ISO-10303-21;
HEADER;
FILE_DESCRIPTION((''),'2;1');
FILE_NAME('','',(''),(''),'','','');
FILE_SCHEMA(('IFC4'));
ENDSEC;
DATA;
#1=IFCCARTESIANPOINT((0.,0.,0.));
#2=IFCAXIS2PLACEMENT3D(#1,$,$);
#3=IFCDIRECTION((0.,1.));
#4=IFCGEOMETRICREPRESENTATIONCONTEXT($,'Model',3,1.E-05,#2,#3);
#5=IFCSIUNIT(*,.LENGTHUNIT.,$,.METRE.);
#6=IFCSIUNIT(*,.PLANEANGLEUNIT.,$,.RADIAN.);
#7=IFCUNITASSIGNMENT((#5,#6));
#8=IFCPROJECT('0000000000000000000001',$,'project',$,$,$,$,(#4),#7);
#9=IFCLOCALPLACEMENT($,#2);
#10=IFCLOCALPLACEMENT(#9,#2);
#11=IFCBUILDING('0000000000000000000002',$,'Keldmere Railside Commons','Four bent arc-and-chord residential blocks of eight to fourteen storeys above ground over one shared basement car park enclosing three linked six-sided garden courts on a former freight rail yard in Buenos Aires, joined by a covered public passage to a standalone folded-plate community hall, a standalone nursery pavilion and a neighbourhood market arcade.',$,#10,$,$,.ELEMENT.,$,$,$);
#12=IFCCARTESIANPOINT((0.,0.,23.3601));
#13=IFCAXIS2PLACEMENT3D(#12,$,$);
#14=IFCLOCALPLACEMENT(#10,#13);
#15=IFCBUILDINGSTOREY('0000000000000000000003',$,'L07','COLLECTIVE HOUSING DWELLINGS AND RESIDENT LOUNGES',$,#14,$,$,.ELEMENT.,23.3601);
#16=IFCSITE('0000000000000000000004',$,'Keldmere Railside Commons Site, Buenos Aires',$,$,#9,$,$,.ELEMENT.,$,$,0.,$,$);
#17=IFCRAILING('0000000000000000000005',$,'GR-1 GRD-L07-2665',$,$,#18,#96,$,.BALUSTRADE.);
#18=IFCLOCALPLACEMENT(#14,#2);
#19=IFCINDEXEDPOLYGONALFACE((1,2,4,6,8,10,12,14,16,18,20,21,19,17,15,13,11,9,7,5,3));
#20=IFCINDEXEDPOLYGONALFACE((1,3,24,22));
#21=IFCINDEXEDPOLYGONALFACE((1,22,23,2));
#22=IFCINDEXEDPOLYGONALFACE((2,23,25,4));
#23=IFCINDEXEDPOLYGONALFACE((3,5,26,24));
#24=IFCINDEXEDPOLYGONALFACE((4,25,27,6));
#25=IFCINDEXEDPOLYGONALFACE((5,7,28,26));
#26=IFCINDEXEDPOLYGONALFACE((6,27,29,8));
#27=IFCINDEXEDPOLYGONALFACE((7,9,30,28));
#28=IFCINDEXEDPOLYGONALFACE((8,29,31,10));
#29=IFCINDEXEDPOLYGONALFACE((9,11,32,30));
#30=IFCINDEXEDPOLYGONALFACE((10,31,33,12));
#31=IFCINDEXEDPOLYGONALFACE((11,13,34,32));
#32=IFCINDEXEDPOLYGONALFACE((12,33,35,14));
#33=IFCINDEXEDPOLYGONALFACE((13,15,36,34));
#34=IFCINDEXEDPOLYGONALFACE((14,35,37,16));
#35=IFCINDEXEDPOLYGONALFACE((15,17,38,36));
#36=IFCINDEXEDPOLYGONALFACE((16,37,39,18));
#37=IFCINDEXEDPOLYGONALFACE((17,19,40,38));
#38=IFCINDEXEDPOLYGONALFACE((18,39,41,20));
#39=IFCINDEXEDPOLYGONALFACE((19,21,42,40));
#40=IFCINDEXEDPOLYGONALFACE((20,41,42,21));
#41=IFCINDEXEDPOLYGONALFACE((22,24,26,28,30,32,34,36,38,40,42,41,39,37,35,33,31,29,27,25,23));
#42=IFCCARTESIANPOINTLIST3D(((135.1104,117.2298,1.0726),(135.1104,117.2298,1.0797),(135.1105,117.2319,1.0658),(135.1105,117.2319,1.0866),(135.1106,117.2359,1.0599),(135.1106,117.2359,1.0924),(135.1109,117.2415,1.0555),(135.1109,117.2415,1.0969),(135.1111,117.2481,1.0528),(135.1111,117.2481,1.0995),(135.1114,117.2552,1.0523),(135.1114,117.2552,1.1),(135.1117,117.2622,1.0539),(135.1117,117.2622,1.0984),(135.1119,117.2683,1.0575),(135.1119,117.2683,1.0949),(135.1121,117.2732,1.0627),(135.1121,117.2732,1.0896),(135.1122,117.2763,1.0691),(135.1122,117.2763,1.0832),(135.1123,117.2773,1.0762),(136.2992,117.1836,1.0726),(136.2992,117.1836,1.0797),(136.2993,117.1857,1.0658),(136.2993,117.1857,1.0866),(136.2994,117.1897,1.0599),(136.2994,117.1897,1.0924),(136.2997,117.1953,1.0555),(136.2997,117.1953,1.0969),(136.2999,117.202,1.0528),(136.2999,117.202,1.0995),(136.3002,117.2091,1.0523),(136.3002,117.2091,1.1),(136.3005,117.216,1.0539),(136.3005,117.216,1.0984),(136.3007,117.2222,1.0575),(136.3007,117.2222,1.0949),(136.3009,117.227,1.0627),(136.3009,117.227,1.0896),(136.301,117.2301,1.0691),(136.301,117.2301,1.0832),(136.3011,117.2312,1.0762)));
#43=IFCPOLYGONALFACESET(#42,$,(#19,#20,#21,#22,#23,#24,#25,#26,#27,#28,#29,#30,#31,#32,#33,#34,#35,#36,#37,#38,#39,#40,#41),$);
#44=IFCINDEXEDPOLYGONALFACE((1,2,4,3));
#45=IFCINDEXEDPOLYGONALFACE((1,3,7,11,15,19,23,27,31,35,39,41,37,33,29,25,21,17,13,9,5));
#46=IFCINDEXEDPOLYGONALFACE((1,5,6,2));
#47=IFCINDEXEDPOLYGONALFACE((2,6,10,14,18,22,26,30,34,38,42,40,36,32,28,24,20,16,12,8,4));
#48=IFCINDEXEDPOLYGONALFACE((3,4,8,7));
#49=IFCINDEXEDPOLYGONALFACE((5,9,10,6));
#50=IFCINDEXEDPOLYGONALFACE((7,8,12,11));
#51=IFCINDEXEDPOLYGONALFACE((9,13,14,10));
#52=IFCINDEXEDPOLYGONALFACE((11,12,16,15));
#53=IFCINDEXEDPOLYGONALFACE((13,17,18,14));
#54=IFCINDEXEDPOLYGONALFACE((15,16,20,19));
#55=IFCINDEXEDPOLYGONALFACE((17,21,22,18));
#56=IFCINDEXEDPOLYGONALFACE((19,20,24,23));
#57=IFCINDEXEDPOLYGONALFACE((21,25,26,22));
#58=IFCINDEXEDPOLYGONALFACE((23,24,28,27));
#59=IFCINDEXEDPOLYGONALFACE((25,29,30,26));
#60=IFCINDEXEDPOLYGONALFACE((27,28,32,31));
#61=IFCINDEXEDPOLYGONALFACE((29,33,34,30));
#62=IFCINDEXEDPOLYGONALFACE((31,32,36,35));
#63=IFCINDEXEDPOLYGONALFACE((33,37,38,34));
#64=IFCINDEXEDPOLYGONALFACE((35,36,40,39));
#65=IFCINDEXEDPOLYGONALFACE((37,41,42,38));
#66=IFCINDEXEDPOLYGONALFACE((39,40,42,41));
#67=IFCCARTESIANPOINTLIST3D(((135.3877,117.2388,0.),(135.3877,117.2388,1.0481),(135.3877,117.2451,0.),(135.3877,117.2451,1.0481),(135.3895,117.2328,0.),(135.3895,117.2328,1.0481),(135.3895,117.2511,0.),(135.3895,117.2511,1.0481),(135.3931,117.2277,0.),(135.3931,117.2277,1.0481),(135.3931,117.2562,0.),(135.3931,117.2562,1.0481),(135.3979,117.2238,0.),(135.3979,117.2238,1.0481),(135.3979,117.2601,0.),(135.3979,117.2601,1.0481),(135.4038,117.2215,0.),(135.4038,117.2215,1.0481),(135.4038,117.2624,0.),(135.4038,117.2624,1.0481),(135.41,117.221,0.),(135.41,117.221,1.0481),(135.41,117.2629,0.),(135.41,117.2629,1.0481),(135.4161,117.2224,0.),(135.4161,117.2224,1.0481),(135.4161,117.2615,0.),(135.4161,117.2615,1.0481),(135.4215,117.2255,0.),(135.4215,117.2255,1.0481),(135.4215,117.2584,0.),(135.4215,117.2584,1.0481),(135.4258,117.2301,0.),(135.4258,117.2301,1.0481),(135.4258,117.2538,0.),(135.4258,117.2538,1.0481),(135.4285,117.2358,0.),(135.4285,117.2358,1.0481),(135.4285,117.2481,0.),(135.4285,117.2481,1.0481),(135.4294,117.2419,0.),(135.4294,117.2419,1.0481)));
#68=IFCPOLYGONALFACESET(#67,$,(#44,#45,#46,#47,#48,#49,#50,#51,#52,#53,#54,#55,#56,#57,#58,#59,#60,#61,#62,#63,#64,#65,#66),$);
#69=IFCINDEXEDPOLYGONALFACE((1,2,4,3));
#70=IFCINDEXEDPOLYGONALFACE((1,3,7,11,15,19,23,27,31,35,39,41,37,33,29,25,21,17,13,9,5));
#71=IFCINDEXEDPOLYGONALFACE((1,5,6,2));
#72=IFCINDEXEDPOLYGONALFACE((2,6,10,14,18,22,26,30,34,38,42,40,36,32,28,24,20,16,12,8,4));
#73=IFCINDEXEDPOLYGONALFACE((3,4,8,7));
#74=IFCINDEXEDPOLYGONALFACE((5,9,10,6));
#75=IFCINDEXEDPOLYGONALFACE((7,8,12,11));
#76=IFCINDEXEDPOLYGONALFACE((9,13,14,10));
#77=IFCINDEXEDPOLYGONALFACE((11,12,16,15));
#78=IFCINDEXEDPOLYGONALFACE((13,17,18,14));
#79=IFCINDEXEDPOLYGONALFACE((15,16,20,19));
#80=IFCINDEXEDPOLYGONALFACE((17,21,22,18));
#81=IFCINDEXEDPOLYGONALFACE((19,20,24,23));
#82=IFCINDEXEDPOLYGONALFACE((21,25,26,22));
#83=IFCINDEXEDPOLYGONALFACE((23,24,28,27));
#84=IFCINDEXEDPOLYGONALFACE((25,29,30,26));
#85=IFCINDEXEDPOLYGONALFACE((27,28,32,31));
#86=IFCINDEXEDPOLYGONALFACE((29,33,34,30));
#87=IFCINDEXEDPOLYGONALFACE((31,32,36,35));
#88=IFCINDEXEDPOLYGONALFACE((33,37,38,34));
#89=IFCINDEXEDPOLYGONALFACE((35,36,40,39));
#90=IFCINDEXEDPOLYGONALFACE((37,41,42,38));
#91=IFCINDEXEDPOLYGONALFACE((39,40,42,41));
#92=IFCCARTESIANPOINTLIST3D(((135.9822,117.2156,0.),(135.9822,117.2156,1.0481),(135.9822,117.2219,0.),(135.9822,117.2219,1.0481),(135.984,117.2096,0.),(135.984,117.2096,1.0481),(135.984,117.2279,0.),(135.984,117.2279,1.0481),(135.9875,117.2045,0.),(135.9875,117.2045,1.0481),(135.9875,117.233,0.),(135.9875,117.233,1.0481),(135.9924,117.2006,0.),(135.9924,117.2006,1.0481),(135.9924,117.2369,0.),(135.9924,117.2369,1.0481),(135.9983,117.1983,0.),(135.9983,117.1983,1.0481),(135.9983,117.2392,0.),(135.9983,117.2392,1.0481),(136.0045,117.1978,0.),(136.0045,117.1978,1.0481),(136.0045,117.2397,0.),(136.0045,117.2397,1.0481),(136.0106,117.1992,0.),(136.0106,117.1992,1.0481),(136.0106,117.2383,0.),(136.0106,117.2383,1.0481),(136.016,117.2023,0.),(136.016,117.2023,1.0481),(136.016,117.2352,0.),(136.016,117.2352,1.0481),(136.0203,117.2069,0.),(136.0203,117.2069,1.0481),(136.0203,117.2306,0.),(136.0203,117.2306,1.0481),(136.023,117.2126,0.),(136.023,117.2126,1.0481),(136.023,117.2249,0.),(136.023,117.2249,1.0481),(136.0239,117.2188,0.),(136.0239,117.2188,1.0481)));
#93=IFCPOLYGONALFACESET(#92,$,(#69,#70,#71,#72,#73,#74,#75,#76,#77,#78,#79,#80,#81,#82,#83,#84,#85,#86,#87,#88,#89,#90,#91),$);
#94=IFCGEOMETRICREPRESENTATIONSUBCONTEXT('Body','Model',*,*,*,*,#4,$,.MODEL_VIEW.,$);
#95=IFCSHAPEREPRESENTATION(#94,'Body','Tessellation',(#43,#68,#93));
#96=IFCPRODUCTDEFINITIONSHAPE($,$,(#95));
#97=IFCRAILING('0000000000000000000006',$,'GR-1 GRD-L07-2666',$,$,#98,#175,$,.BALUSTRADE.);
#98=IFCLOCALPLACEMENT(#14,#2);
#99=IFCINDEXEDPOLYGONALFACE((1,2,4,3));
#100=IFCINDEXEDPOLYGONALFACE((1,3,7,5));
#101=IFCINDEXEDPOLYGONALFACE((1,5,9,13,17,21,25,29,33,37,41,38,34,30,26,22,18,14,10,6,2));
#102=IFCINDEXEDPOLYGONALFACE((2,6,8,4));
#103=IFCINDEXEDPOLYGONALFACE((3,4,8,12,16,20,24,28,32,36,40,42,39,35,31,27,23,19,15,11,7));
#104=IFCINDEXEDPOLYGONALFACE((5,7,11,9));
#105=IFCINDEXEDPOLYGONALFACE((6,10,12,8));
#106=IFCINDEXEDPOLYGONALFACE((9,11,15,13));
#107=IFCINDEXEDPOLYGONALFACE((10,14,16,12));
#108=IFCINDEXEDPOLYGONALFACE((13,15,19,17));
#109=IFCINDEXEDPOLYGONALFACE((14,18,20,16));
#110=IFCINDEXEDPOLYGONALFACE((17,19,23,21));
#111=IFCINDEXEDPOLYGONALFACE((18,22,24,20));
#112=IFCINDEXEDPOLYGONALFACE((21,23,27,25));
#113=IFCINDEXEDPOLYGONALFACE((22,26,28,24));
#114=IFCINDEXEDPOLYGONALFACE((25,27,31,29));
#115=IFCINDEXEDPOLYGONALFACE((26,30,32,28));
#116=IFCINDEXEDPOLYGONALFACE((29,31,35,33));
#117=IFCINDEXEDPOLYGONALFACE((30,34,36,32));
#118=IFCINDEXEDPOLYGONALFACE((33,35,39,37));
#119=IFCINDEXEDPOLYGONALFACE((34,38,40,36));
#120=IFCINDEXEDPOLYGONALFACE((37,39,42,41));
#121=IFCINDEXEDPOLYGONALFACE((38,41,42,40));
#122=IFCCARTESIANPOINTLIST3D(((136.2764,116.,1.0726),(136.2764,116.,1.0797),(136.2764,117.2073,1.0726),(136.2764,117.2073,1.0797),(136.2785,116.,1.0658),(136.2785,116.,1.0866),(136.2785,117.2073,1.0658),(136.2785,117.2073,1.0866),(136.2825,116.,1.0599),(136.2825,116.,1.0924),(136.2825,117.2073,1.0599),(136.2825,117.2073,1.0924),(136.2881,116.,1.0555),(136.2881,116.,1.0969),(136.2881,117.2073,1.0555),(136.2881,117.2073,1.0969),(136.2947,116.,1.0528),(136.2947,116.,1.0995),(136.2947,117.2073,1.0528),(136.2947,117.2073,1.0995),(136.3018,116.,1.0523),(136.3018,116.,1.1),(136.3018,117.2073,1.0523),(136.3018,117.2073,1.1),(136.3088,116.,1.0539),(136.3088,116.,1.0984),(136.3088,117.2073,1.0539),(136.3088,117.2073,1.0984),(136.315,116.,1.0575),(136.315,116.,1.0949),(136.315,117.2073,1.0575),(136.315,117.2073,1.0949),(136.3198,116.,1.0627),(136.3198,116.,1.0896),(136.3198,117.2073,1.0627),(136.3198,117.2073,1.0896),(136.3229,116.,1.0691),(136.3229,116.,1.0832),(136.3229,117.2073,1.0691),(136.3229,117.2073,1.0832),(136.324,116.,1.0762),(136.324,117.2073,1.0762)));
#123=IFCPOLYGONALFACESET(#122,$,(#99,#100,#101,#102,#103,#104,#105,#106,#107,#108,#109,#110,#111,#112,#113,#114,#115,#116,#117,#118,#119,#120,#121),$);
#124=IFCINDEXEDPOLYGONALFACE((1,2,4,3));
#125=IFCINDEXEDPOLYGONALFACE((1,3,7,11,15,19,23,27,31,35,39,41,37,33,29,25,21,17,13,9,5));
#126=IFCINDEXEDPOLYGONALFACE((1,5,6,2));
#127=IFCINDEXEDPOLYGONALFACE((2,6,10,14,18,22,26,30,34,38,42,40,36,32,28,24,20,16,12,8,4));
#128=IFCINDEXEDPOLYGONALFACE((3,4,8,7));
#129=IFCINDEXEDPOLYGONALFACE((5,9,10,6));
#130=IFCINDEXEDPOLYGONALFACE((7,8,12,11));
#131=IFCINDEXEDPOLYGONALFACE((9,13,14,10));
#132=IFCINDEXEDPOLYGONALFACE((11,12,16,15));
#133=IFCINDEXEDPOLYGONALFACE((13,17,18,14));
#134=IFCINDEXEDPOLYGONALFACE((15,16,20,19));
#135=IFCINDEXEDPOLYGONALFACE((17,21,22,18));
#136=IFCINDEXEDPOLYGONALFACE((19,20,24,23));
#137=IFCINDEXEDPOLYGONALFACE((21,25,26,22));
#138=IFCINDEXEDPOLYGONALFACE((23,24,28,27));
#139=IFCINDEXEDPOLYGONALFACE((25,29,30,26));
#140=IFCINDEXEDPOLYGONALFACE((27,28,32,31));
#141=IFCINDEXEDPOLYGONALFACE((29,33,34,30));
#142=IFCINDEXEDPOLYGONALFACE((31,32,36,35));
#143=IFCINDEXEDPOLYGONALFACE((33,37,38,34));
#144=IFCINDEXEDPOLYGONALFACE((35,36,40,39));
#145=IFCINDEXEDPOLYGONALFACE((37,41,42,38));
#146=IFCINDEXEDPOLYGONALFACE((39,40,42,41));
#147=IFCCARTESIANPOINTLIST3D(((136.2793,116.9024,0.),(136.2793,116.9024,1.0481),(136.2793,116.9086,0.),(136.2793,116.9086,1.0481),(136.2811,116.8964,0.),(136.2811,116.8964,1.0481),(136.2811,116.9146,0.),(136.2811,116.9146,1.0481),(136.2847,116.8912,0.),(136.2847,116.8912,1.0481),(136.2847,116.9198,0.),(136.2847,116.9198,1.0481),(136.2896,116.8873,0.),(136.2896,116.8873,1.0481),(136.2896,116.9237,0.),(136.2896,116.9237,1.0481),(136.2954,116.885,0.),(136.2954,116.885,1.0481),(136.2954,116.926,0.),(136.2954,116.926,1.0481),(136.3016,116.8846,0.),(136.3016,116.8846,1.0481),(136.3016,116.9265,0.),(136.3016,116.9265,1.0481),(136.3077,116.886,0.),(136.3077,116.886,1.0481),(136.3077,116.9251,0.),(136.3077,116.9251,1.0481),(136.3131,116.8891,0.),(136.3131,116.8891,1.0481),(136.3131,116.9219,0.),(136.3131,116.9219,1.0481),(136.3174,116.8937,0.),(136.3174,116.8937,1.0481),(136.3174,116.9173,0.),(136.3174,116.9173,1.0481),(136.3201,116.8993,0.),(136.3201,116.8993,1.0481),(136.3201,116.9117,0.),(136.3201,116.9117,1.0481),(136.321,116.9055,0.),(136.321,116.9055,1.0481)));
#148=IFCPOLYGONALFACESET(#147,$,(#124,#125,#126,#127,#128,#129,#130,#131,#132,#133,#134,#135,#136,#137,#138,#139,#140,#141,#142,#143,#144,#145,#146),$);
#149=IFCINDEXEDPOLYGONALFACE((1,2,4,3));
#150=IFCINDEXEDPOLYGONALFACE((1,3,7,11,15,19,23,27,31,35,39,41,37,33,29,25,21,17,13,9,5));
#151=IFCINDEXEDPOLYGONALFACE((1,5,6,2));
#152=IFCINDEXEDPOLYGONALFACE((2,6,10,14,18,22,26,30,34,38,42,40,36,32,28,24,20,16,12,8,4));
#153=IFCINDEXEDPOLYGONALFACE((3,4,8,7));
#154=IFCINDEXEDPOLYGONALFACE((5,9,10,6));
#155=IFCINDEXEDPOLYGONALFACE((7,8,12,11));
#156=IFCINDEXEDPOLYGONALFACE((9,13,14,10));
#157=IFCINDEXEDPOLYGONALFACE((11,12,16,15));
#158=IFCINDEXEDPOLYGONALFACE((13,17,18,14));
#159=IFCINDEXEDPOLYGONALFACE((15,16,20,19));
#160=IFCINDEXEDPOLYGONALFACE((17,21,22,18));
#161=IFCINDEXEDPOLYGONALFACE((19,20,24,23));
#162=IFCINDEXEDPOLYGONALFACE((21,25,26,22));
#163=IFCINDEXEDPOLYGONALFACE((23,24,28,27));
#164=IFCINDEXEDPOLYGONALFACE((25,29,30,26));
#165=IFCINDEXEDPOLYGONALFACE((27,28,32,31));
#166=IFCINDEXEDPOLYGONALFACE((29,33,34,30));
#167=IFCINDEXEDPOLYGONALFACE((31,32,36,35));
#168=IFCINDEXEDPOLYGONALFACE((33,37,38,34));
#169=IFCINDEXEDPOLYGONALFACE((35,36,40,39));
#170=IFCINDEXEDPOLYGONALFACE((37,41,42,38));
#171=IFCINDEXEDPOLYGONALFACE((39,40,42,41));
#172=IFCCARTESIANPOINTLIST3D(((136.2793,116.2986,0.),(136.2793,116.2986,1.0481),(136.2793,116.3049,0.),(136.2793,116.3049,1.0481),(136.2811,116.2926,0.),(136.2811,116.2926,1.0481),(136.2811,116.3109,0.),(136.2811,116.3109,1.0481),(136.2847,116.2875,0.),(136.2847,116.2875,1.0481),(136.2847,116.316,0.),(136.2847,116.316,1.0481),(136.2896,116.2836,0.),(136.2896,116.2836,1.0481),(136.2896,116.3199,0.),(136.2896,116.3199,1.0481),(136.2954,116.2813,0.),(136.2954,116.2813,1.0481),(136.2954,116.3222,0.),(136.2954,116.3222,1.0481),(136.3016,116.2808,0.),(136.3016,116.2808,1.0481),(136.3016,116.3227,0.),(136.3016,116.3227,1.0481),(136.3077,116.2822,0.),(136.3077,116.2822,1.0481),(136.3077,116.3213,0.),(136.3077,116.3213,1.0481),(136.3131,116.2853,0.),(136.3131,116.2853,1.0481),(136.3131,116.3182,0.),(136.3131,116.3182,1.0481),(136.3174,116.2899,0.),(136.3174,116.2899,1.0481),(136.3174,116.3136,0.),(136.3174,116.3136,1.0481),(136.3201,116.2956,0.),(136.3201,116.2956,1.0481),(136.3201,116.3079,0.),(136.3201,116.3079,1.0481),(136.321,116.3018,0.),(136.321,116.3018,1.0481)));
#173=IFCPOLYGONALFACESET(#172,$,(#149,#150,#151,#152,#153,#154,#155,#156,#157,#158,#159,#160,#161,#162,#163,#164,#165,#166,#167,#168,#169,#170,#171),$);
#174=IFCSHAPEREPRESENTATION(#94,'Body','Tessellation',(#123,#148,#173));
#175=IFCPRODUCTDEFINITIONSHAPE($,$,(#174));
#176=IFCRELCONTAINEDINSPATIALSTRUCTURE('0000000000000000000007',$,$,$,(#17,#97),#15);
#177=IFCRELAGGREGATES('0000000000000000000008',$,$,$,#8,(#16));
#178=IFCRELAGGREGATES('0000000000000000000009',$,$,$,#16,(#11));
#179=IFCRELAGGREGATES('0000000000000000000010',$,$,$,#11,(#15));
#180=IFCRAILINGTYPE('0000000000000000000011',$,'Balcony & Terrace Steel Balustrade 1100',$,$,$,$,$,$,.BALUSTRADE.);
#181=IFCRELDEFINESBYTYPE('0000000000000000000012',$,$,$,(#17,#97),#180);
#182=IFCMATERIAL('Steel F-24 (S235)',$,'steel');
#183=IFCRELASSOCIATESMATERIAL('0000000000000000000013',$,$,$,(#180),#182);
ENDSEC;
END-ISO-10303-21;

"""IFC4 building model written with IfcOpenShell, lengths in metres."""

from ifc_helpers import new_model, si_unit, direction, frame, origin, origin_2d, place, context, subcontext, project, spatial, circle, extrude, material, type_object, element, save


model = new_model("IFC4")

# Units and contexts
model_context = context("Model", 3, precision=1e-05, world=origin(), true_north=direction((0.0, 1.0)))
body_context = subcontext(model_context, "Body", "Model", "MODEL_VIEW")
ifc_project = project(units=[si_unit("LENGTHUNIT", "METRE"), si_unit("PLANEANGLEUNIT", "RADIAN")], contexts=[model_context])

# Site, building, storey
site_placement = place(None, origin())
site = spatial("IfcSite", under=ifc_project, at=site_placement, Name="Keldmere Railside Commons Site, Buenos Aires", CompositionType="ELEMENT", RefElevation=0.0)
building_placement = place(site_placement, origin())
building = spatial("IfcBuilding", under=site, at=building_placement, Name="Keldmere Railside Commons", Description="Four bent arc-and-chord residential blocks of eight to fourteen storeys above ground over one shared basement car park enclosing three linked six-sided garden courts on a former freight rail yard in Buenos Aires, joined by a covered public passage to a standalone folded-plate community hall, a standalone nursery pavilion and a neighbourhood market arcade.", CompositionType="ELEMENT")
storey_placement = place(building_placement, frame((0.0, 0.0, 23.3601)))
storey = spatial("IfcBuildingStorey", under=building, at=storey_placement, Name="L07", Description="COLLECTIVE HOUSING DWELLINGS AND RESIDENT LOUNGES", CompositionType="ELEMENT", Elevation=23.3601)

# Railings
ifc_material_1 = material(Name="Steel F-24 (S235)", Category="steel")
railing_type = type_object("IfcRailingType", Name="Balcony & Terrace Steel Balustrade 1100", PredefinedType="BALUSTRADE", material=ifc_material_1)
railing_1_placement = place(storey_placement, frame((135.1113, 117.2534, 0.0)))
element("IfcRailing", 1, at=railing_1_placement, inside=storey, type_object=railing_type, Name="GR-1 GRD-L07-2665", PredefinedType="BALUSTRADE", context=body_context, shape_type="SweptSolid", body=[
    extrude(circle(Radius=0.0239, at=origin_2d()), frame((0.0, 0.0, 1.0762), z_axis=(0.999247, -0.038788, 0.0), x_axis=(0.038788, 0.999247, 0.0)), (0.0, 0.0, 1.0), 1.1897),
    extrude(circle(Radius=0.021, at=origin_2d()), frame((0.2971, -0.0115, 0.0)), (0.0, 0.0, 1.0), 1.0481),
    extrude(circle(Radius=0.021, at=origin_2d()), frame((0.8916, -0.0347, 0.0)), (0.0, 0.0, 1.0), 1.0481),
])
railing_2_placement = place(storey_placement, frame((136.3, 117.2073, 0.0)))
element("IfcRailing", 2, at=railing_2_placement, inside=storey, type_object=railing_type, Name="GR-1 GRD-L07-2666", PredefinedType="BALUSTRADE", context=body_context, shape_type="SweptSolid", body=[
    extrude(circle(Radius=0.0239, at=origin_2d()), frame((0.0, 0.0, 1.0762), z_axis=(0.0, -1.0, 0.0), x_axis=(1.0, 0.0, 0.0)), (0.0, 0.0, 1.0), 1.2073),
    extrude(circle(Radius=0.021, at=origin_2d()), frame((0.0, -0.3018, 0.0)), (0.0, 0.0, 1.0), 1.0481),
    extrude(circle(Radius=0.021, at=origin_2d()), frame((0.0, -0.9055, 0.0)), (0.0, 0.0, 1.0), 1.0481),
])

save(model, "model.ifc")
